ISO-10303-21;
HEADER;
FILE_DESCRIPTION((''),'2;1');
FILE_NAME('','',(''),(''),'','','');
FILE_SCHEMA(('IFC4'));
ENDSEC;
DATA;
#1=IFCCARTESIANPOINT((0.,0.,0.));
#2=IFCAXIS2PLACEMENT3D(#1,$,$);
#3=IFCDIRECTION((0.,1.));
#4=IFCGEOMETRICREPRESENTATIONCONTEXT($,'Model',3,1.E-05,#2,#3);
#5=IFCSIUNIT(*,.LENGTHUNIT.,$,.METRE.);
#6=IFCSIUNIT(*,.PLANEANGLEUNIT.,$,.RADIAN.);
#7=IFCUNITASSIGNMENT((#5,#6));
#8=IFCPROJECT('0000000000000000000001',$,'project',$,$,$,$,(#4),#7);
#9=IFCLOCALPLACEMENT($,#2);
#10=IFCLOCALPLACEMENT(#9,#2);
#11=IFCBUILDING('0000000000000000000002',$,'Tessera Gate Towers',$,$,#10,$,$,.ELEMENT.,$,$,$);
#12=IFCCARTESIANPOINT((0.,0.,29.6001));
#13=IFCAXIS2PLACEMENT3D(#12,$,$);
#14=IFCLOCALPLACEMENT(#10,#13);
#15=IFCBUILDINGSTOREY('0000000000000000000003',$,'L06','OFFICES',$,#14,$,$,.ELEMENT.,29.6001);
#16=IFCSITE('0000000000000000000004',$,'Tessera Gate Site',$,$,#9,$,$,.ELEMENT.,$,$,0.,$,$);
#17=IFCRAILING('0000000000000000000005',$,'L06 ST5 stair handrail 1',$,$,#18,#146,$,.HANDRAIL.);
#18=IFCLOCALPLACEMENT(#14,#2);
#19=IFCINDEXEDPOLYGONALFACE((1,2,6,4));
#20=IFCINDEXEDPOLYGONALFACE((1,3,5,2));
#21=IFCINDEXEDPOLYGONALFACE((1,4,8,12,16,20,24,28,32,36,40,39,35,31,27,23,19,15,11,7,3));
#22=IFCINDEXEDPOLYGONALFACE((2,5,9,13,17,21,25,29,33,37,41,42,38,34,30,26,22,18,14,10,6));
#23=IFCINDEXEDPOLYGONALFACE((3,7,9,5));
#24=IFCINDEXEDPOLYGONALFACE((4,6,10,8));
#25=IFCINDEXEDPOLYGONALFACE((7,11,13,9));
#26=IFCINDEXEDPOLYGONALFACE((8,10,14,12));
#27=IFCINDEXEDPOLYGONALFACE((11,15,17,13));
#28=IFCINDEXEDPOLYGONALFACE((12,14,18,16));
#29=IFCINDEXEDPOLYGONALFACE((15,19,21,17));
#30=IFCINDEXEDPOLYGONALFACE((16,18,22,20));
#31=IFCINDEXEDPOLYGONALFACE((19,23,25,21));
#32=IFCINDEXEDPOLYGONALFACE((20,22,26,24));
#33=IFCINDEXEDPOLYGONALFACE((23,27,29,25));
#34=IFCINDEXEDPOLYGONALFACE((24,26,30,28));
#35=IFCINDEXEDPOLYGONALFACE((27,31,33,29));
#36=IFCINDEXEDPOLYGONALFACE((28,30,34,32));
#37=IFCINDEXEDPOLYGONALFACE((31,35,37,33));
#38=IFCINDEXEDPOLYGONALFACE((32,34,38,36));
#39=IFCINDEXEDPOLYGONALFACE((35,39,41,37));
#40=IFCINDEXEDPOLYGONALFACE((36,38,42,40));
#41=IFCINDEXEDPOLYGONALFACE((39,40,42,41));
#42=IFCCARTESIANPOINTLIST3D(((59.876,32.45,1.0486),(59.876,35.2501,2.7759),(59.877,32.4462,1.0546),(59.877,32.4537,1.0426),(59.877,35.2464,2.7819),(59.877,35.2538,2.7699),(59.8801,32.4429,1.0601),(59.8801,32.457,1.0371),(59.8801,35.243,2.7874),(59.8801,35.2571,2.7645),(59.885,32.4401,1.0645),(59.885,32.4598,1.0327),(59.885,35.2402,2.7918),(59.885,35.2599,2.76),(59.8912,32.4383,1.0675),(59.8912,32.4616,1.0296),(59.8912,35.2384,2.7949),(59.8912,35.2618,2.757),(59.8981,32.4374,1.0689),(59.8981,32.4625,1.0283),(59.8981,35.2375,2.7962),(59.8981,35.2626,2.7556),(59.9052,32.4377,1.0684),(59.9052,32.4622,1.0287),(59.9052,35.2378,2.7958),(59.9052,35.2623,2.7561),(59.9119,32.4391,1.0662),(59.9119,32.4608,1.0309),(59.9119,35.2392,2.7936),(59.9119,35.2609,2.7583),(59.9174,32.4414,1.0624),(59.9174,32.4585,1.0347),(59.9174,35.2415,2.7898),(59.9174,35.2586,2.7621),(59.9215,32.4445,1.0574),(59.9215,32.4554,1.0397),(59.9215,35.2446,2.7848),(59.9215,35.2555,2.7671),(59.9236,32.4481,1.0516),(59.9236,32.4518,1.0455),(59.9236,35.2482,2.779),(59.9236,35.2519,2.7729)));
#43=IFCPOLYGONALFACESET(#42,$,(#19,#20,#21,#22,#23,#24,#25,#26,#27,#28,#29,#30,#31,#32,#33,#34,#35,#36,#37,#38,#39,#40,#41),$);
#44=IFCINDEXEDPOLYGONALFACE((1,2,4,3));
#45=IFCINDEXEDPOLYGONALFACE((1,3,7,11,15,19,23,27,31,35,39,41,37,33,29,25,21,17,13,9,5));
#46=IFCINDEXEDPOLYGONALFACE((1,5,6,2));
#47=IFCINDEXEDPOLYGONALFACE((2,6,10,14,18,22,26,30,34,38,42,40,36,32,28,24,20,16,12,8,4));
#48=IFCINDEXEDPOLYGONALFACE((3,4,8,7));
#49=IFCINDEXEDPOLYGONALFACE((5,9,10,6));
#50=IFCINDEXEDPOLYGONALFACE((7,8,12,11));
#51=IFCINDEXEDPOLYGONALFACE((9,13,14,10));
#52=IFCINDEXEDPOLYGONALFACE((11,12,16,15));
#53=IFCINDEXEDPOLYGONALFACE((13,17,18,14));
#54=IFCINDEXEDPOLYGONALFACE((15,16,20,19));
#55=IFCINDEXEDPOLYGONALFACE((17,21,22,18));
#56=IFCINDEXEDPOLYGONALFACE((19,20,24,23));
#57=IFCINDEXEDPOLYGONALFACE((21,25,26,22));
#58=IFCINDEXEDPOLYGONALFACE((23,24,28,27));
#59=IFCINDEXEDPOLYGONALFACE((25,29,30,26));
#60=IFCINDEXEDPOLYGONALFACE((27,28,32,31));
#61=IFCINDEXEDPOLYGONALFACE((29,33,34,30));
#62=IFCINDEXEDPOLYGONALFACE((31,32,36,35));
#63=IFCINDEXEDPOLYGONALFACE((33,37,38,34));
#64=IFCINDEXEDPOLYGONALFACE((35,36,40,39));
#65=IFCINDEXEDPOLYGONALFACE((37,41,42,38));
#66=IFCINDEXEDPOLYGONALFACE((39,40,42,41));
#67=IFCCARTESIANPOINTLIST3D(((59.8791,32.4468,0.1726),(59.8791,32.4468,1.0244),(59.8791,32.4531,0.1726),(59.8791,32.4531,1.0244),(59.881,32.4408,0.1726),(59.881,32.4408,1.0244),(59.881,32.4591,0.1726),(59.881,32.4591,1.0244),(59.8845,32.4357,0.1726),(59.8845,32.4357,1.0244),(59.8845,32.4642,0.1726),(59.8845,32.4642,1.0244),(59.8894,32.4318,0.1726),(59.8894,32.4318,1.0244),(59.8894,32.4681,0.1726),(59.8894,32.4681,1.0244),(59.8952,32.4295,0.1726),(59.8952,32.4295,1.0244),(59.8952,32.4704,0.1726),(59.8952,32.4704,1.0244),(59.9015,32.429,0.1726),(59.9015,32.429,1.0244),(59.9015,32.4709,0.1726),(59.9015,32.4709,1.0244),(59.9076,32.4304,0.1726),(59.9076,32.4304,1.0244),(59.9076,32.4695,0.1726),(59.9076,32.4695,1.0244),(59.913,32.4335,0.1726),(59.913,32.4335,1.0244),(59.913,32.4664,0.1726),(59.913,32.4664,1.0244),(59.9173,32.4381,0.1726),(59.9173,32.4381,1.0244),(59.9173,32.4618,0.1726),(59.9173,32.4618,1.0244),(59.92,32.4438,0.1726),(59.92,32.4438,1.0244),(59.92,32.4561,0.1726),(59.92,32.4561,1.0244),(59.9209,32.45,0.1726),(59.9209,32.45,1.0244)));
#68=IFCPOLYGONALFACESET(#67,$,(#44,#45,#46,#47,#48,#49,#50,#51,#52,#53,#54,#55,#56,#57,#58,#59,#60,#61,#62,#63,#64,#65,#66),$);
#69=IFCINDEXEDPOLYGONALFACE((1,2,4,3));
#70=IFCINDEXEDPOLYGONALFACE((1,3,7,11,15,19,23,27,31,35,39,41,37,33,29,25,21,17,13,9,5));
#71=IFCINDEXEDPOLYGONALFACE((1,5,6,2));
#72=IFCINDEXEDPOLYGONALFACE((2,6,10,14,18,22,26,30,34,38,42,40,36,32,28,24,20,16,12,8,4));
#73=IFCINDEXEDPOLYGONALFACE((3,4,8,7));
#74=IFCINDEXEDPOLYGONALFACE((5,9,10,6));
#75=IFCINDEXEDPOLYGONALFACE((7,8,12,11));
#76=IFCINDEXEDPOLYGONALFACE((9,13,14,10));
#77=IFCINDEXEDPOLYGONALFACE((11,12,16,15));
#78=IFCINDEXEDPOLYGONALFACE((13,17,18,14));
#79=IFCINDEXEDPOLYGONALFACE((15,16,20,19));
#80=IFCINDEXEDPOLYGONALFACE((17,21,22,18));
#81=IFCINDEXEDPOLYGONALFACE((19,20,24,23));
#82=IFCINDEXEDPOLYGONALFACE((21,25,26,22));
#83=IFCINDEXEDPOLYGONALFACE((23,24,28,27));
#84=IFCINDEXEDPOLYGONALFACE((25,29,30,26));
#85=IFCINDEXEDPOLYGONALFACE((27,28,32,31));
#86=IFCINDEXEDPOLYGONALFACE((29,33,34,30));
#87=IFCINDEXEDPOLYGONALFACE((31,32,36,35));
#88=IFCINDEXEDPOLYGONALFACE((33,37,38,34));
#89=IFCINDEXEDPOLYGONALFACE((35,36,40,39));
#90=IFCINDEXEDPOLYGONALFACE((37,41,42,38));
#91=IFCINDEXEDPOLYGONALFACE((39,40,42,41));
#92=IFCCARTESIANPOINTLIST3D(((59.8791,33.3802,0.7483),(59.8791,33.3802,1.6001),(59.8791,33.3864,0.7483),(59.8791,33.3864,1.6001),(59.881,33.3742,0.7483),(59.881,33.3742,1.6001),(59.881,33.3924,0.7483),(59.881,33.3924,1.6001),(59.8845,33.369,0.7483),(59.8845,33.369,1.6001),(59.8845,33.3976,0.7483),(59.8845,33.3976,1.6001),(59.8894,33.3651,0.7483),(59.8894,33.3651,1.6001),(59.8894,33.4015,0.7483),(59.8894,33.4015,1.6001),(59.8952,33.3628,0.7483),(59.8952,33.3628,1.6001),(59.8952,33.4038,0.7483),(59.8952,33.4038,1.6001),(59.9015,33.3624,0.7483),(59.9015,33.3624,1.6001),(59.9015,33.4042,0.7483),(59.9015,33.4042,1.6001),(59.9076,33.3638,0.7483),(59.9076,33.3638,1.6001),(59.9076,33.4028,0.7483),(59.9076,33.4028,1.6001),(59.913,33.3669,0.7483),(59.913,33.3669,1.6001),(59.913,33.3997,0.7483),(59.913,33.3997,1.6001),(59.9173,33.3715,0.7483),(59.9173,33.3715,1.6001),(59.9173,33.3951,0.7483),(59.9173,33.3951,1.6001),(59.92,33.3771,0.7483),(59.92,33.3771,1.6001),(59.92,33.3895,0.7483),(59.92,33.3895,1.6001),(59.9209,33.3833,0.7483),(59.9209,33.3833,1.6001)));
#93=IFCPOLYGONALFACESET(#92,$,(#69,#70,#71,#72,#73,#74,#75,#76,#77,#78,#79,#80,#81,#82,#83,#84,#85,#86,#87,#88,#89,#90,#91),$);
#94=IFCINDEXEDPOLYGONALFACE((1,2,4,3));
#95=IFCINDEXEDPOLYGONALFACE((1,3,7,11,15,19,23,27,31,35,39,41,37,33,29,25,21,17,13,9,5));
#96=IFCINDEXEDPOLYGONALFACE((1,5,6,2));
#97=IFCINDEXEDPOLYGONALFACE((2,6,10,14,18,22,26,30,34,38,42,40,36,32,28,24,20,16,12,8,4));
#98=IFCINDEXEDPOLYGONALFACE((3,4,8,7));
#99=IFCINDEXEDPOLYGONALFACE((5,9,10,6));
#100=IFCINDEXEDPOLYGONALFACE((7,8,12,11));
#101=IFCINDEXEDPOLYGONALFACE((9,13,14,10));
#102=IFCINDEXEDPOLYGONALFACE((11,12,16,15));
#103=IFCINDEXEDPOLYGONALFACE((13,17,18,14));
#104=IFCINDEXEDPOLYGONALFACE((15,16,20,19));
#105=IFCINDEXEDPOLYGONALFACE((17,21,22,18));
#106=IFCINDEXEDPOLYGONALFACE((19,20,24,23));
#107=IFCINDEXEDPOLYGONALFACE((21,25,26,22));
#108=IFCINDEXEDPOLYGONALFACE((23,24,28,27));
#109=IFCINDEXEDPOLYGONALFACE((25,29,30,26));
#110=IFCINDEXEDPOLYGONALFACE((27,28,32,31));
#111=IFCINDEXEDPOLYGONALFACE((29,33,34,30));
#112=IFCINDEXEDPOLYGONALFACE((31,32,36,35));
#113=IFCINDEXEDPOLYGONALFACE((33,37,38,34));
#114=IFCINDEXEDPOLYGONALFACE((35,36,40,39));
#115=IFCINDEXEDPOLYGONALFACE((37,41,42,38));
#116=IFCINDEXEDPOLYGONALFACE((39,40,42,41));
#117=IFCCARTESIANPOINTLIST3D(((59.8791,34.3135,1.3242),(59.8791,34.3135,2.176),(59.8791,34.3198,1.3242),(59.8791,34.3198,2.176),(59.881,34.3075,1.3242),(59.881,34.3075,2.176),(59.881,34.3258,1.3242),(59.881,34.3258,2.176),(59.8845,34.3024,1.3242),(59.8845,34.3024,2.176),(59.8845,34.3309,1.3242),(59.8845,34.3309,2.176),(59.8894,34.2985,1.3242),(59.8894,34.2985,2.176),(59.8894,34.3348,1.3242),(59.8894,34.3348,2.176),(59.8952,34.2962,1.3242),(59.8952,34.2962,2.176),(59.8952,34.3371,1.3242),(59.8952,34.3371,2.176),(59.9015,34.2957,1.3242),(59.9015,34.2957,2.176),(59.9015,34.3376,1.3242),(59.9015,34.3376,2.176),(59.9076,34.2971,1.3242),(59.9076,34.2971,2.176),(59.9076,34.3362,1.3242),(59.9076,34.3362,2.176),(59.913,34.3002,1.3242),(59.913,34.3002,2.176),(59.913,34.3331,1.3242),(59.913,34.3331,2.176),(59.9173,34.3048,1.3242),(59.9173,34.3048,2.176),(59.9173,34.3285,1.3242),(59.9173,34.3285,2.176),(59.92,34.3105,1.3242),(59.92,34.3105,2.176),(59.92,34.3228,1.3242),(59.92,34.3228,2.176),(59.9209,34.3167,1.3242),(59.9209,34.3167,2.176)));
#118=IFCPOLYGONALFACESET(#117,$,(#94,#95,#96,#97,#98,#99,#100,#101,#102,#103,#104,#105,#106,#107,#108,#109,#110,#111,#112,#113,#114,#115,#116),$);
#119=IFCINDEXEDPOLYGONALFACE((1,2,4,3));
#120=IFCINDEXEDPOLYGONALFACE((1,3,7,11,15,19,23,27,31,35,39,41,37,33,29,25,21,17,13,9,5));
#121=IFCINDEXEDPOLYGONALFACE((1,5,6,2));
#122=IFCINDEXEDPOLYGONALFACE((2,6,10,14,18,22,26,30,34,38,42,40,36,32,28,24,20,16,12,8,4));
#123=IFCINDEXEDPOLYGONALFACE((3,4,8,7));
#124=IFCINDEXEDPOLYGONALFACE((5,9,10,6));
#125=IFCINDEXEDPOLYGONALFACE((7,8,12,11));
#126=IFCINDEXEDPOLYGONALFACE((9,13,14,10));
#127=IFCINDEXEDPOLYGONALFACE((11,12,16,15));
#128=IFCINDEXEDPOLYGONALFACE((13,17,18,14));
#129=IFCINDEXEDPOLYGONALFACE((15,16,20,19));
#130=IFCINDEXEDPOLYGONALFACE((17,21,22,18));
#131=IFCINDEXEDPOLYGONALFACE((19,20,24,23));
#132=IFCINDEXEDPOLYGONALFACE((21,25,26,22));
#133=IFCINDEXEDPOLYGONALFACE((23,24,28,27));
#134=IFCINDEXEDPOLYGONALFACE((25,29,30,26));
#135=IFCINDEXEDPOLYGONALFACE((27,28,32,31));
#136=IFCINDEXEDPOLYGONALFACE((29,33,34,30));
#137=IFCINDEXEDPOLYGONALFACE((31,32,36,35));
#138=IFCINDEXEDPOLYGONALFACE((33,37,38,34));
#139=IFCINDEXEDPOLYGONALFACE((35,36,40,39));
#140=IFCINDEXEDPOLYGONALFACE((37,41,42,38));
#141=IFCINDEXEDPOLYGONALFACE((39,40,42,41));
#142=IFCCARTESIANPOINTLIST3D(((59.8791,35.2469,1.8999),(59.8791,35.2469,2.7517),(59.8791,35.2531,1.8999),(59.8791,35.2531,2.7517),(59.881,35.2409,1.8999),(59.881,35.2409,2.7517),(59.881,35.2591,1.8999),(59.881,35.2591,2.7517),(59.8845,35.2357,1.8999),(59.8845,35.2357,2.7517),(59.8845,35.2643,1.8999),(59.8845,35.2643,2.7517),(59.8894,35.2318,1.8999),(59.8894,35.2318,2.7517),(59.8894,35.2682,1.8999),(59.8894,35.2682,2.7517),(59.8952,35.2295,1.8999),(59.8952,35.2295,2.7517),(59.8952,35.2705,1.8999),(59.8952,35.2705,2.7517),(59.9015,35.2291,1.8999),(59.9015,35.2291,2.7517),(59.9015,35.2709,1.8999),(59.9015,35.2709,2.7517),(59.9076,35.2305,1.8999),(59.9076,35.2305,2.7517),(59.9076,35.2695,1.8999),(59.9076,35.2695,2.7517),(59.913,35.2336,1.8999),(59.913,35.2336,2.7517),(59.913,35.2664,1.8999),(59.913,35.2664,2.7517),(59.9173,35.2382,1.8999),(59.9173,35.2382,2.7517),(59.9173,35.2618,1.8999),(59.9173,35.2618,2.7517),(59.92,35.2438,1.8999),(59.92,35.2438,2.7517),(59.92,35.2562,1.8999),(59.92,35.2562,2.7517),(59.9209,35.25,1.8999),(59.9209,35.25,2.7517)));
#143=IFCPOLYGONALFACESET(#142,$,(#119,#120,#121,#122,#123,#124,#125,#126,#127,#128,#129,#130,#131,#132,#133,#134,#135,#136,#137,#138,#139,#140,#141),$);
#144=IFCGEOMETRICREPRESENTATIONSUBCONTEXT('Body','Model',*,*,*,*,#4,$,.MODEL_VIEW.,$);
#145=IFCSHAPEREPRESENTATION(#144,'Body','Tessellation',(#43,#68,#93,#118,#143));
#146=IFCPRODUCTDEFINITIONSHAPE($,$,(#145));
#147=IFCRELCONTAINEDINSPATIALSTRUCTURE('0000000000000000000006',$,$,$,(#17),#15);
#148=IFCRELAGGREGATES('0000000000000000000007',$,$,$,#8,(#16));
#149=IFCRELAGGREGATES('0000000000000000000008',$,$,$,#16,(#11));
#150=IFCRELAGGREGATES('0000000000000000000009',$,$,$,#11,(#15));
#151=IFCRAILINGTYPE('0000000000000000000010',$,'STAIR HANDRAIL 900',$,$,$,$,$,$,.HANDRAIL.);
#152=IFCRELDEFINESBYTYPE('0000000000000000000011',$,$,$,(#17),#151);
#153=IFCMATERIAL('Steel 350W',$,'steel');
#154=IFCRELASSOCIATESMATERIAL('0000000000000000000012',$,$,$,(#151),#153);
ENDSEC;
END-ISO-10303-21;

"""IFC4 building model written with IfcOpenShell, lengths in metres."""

from ifc_helpers import new_model, si_unit, direction, frame, origin, origin_2d, place, context, subcontext, project, spatial, circle, extrude, material, type_object, element, save


model = new_model("IFC4")

# Units and contexts
model_context = context("Model", 3, precision=1e-05, world=origin(), true_north=direction((0.0, 1.0)))
body_context = subcontext(model_context, "Body", "Model", "MODEL_VIEW")
ifc_project = project(units=[si_unit("LENGTHUNIT", "METRE"), si_unit("PLANEANGLEUNIT", "RADIAN")], contexts=[model_context])

# Site, building, storey
site_placement = place(None, origin())
site = spatial("IfcSite", under=ifc_project, at=site_placement, Name="Tessera Gate Site", CompositionType="ELEMENT", RefElevation=0.0)
building_placement = place(site_placement, origin())
building = spatial("IfcBuilding", under=site, at=building_placement, Name="Tessera Gate Towers", CompositionType="ELEMENT")
storey_placement = place(building_placement, frame((0.0, 0.0, 29.6001)))
storey = spatial("IfcBuildingStorey", under=building, at=storey_placement, Name="L06", Description="OFFICES", CompositionType="ELEMENT", Elevation=29.6001)

# Railing
ifc_material_1 = material(Name="Steel 350W", Category="steel")
railing_type = type_object("IfcRailingType", Name="STAIR HANDRAIL 900", PredefinedType="HANDRAIL", material=ifc_material_1)
for number, where, name in (
    (1, (59.8999, 32.45, 0.1726), "L06 ST5 stair handrail 1"),
):
    element("IfcRailing", number, at=place(storey_placement, frame(where)), inside=storey, type_object=railing_type, Name=name, PredefinedType="HANDRAIL", context=body_context, shape_type="SweptSolid", body=[
        extrude(circle(Radius=0.0239, at=origin_2d()), frame((0.0, 0.0, 0.876), z_axis=(0.0, 0.85109, 0.52502), x_axis=(-1.0, 0.0, 0.0)), (0.0, 0.0, 1.0), 3.29),
        extrude(circle(Radius=0.021, at=origin_2d()), origin(), (0.0, 0.0, 1.0), 0.8518),
        extrude(circle(Radius=0.021, at=origin_2d()), frame((0.0, 0.9333, 0.5757)), (0.0, 0.0, 1.0), 0.8518),
        extrude(circle(Radius=0.021, at=origin_2d()), frame((0.0, 1.8667, 1.1516)), (0.0, 0.0, 1.0), 0.8518),
        extrude(circle(Radius=0.021, at=origin_2d()), frame((0.0, 2.8, 1.7273)), (0.0, 0.0, 1.0), 0.8518),
    ])

save(model, "model.ifc")
